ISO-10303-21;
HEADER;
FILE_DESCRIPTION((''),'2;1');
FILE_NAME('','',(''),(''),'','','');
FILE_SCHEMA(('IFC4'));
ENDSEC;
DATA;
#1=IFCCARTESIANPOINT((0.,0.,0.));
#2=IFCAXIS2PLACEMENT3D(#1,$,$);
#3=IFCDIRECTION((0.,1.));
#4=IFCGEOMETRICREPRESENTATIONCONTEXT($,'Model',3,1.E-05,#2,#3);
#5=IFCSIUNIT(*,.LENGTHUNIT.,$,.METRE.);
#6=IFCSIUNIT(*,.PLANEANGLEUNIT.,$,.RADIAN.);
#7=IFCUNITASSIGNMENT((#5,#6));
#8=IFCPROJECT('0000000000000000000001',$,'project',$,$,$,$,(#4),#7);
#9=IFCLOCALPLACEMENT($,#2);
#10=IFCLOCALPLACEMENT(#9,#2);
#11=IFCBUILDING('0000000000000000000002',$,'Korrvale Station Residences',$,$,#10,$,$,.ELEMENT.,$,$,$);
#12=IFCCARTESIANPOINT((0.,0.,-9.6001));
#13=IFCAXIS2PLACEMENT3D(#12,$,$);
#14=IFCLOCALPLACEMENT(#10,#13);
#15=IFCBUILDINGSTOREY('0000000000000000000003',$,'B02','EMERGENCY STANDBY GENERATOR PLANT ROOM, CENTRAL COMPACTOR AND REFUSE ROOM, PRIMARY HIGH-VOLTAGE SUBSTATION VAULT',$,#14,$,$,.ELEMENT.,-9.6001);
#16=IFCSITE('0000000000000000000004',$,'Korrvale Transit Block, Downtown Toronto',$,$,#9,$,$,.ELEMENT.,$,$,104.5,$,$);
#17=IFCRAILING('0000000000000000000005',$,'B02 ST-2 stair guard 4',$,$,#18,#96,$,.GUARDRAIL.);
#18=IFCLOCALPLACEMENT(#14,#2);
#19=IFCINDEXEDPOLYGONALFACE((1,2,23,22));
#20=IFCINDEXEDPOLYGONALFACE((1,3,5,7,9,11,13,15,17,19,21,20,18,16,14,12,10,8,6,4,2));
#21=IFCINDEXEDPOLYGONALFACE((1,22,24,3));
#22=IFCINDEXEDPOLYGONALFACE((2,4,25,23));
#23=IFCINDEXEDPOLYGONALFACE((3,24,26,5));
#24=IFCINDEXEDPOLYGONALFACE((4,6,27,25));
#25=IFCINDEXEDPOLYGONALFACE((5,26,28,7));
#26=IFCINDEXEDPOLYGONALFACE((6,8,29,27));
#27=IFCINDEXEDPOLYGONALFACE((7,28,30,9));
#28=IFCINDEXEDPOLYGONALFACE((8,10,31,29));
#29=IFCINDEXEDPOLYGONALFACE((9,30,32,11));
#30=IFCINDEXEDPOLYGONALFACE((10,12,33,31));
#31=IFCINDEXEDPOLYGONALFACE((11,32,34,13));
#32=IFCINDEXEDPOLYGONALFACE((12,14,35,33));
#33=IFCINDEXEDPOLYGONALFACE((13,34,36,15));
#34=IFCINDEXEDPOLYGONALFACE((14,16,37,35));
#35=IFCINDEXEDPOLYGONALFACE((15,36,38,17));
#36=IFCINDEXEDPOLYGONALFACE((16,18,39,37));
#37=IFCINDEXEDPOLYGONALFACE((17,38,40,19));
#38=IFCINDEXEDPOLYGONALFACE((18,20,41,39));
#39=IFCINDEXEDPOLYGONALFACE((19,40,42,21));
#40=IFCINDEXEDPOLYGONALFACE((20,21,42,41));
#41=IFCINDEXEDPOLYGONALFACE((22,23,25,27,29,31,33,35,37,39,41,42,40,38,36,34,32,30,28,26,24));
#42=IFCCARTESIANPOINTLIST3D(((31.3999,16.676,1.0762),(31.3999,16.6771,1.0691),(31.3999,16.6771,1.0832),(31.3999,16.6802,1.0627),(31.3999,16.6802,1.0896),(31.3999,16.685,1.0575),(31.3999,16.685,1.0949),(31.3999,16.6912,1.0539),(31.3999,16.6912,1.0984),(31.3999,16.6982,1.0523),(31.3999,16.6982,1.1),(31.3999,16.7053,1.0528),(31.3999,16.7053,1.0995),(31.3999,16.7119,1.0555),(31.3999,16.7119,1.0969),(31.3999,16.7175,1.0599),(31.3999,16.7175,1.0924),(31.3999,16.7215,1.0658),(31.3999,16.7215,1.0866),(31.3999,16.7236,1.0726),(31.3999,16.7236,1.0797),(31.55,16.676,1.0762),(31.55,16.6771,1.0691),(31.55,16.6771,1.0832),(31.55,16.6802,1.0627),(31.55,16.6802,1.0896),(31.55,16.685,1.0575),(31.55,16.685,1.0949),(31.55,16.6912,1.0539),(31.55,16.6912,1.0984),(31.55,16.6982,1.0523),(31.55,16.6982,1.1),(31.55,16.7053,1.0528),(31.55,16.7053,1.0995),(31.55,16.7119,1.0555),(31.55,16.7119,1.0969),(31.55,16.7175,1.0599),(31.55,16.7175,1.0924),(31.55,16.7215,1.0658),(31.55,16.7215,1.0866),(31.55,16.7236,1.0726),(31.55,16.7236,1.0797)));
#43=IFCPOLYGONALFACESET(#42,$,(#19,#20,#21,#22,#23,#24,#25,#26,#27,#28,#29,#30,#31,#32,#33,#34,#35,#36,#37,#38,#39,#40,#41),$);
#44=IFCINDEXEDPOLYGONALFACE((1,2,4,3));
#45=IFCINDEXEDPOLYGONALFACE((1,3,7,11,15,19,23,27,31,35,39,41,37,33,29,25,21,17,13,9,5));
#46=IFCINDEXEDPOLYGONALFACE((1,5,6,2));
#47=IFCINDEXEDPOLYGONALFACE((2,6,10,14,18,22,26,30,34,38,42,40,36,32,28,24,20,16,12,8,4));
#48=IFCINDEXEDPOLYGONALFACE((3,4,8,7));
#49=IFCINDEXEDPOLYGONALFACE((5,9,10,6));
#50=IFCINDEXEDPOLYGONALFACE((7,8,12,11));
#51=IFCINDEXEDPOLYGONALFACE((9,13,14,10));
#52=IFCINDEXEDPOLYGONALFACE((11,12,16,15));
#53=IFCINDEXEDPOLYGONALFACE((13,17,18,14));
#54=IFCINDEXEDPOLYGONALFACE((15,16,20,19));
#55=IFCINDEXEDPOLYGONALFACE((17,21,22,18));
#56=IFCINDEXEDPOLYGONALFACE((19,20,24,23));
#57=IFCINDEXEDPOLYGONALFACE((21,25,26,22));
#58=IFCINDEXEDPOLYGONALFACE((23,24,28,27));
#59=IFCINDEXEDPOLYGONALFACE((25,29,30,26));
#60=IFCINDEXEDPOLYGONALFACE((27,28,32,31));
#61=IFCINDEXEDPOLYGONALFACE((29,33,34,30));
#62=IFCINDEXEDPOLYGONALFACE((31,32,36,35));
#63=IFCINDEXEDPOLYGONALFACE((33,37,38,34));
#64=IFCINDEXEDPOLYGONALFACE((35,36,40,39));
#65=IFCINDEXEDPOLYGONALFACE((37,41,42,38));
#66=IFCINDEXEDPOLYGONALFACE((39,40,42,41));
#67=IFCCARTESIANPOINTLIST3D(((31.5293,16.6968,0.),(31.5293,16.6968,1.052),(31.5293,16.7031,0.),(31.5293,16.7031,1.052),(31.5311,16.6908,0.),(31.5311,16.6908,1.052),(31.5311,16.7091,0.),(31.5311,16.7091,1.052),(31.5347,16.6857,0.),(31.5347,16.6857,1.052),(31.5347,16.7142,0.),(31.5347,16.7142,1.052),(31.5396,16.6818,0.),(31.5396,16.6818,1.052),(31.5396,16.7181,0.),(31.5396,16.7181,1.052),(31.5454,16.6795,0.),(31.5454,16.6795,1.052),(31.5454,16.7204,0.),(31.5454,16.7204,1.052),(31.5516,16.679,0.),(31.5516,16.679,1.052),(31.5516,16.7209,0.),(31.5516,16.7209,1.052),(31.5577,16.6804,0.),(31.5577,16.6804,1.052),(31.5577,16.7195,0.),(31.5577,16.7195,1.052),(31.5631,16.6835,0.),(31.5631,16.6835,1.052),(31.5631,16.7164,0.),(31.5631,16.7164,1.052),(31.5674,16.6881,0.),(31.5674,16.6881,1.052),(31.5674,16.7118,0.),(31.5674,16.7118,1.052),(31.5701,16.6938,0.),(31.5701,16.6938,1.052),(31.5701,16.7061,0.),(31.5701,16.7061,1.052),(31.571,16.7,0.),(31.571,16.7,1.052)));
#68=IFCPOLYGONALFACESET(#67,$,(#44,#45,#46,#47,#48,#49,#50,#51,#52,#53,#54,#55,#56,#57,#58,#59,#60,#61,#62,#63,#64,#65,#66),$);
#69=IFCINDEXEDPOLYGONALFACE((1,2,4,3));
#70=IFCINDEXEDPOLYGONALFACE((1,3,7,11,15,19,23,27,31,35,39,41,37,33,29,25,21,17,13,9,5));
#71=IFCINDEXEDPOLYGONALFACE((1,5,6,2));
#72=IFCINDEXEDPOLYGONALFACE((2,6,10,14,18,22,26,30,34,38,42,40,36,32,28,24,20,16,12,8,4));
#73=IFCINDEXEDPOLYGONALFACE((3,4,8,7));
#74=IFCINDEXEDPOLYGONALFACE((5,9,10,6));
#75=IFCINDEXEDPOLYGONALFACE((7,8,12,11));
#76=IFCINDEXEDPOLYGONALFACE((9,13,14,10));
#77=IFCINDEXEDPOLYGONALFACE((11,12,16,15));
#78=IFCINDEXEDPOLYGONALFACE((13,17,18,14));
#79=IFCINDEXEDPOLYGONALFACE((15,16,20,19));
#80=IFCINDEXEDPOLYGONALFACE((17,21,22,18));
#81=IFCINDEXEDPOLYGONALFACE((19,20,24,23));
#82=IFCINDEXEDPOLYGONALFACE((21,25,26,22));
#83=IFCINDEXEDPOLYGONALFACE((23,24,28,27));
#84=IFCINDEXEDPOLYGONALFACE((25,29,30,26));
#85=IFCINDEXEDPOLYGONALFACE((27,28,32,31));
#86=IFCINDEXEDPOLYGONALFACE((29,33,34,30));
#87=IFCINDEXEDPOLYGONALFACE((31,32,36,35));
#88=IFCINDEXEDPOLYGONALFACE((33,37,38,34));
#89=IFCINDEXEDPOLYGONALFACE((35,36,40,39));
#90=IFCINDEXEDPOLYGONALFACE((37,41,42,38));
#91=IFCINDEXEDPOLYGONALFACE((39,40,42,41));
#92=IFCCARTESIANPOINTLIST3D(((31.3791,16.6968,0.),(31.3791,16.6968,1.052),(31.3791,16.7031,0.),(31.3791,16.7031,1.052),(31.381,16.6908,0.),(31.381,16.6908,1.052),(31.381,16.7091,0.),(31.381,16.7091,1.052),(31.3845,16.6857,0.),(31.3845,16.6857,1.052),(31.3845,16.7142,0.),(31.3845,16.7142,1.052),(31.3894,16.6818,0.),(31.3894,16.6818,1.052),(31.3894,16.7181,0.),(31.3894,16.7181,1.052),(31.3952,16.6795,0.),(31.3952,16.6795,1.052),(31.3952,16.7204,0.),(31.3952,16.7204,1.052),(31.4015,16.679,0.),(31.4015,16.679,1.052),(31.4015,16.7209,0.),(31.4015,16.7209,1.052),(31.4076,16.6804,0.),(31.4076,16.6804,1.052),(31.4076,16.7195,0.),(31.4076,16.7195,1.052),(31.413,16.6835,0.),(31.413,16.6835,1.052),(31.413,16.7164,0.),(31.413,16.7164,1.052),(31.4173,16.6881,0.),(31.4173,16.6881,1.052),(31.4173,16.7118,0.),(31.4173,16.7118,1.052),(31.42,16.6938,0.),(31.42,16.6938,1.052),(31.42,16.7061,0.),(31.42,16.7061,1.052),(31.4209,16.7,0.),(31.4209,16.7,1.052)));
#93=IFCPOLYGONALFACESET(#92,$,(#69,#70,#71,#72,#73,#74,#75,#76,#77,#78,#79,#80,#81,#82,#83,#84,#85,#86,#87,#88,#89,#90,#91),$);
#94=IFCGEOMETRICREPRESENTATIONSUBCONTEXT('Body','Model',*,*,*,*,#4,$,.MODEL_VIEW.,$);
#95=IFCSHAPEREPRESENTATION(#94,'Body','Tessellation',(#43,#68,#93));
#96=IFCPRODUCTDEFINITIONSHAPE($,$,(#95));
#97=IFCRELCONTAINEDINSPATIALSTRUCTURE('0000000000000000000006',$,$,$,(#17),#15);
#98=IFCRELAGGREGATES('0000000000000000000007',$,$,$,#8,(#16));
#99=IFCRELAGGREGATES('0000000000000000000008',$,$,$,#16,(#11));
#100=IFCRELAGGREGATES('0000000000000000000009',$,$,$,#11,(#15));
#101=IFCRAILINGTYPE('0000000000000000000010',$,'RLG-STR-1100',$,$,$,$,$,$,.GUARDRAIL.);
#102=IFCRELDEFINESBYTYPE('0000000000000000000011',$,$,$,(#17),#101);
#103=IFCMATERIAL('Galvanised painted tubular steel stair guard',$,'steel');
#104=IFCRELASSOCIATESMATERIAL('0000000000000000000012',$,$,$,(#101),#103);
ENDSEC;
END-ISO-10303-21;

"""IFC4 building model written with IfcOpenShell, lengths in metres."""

from ifc_helpers import new_model, si_unit, direction, frame, origin, origin_2d, place, context, subcontext, project, spatial, circle, extrude, material, type_object, element, save


model = new_model("IFC4")

# Units and contexts
model_context = context("Model", 3, precision=1e-05, world=origin(), true_north=direction((0.0, 1.0)))
body_context = subcontext(model_context, "Body", "Model", "MODEL_VIEW")
ifc_project = project(units=[si_unit("LENGTHUNIT", "METRE"), si_unit("PLANEANGLEUNIT", "RADIAN")], contexts=[model_context])

# Site, building, storey
site_placement = place(None, origin())
site = spatial("IfcSite", under=ifc_project, at=site_placement, Name="Korrvale Transit Block, Downtown Toronto", CompositionType="ELEMENT", RefElevation=104.5)
building_placement = place(site_placement, origin())
building = spatial("IfcBuilding", under=site, at=building_placement, Name="Korrvale Station Residences", CompositionType="ELEMENT")
storey_placement = place(building_placement, frame((0.0, 0.0, -9.6001)))
storey = spatial("IfcBuildingStorey", under=building, at=storey_placement, Name="B02", Description="EMERGENCY STANDBY GENERATOR PLANT ROOM, CENTRAL COMPACTOR AND REFUSE ROOM, PRIMARY HIGH-VOLTAGE SUBSTATION VAULT", CompositionType="ELEMENT", Elevation=-9.6001)

# Railing
ifc_material_1 = material(Name="Galvanised painted tubular steel stair guard", Category="steel")
railing_type = type_object("IfcRailingType", Name="RLG-STR-1100", PredefinedType="GUARDRAIL", material=ifc_material_1)
railing_1_placement = place(storey_placement, frame((31.55, 16.7, 0.0)))
element("IfcRailing", 1, at=railing_1_placement, inside=storey, type_object=railing_type, Name="B02 ST-2 stair guard 4", PredefinedType="GUARDRAIL", context=body_context, shape_type="SweptSolid", body=[
    extrude(circle(Radius=0.0239, at=origin_2d()), frame((0.0, 0.0, 1.0762), z_axis=(-1.0, 0.0, 0.0), x_axis=(0.0, -1.0, 0.0)), (0.0, 0.0, 1.0), 0.1501),
    extrude(circle(Radius=0.021, at=origin_2d()), origin(), (0.0, 0.0, 1.0), 1.052),
    extrude(circle(Radius=0.021, at=origin_2d()), frame((-0.1501, 0.0, 0.0)), (0.0, 0.0, 1.0), 1.052),
])

save(model, "model.ifc")
